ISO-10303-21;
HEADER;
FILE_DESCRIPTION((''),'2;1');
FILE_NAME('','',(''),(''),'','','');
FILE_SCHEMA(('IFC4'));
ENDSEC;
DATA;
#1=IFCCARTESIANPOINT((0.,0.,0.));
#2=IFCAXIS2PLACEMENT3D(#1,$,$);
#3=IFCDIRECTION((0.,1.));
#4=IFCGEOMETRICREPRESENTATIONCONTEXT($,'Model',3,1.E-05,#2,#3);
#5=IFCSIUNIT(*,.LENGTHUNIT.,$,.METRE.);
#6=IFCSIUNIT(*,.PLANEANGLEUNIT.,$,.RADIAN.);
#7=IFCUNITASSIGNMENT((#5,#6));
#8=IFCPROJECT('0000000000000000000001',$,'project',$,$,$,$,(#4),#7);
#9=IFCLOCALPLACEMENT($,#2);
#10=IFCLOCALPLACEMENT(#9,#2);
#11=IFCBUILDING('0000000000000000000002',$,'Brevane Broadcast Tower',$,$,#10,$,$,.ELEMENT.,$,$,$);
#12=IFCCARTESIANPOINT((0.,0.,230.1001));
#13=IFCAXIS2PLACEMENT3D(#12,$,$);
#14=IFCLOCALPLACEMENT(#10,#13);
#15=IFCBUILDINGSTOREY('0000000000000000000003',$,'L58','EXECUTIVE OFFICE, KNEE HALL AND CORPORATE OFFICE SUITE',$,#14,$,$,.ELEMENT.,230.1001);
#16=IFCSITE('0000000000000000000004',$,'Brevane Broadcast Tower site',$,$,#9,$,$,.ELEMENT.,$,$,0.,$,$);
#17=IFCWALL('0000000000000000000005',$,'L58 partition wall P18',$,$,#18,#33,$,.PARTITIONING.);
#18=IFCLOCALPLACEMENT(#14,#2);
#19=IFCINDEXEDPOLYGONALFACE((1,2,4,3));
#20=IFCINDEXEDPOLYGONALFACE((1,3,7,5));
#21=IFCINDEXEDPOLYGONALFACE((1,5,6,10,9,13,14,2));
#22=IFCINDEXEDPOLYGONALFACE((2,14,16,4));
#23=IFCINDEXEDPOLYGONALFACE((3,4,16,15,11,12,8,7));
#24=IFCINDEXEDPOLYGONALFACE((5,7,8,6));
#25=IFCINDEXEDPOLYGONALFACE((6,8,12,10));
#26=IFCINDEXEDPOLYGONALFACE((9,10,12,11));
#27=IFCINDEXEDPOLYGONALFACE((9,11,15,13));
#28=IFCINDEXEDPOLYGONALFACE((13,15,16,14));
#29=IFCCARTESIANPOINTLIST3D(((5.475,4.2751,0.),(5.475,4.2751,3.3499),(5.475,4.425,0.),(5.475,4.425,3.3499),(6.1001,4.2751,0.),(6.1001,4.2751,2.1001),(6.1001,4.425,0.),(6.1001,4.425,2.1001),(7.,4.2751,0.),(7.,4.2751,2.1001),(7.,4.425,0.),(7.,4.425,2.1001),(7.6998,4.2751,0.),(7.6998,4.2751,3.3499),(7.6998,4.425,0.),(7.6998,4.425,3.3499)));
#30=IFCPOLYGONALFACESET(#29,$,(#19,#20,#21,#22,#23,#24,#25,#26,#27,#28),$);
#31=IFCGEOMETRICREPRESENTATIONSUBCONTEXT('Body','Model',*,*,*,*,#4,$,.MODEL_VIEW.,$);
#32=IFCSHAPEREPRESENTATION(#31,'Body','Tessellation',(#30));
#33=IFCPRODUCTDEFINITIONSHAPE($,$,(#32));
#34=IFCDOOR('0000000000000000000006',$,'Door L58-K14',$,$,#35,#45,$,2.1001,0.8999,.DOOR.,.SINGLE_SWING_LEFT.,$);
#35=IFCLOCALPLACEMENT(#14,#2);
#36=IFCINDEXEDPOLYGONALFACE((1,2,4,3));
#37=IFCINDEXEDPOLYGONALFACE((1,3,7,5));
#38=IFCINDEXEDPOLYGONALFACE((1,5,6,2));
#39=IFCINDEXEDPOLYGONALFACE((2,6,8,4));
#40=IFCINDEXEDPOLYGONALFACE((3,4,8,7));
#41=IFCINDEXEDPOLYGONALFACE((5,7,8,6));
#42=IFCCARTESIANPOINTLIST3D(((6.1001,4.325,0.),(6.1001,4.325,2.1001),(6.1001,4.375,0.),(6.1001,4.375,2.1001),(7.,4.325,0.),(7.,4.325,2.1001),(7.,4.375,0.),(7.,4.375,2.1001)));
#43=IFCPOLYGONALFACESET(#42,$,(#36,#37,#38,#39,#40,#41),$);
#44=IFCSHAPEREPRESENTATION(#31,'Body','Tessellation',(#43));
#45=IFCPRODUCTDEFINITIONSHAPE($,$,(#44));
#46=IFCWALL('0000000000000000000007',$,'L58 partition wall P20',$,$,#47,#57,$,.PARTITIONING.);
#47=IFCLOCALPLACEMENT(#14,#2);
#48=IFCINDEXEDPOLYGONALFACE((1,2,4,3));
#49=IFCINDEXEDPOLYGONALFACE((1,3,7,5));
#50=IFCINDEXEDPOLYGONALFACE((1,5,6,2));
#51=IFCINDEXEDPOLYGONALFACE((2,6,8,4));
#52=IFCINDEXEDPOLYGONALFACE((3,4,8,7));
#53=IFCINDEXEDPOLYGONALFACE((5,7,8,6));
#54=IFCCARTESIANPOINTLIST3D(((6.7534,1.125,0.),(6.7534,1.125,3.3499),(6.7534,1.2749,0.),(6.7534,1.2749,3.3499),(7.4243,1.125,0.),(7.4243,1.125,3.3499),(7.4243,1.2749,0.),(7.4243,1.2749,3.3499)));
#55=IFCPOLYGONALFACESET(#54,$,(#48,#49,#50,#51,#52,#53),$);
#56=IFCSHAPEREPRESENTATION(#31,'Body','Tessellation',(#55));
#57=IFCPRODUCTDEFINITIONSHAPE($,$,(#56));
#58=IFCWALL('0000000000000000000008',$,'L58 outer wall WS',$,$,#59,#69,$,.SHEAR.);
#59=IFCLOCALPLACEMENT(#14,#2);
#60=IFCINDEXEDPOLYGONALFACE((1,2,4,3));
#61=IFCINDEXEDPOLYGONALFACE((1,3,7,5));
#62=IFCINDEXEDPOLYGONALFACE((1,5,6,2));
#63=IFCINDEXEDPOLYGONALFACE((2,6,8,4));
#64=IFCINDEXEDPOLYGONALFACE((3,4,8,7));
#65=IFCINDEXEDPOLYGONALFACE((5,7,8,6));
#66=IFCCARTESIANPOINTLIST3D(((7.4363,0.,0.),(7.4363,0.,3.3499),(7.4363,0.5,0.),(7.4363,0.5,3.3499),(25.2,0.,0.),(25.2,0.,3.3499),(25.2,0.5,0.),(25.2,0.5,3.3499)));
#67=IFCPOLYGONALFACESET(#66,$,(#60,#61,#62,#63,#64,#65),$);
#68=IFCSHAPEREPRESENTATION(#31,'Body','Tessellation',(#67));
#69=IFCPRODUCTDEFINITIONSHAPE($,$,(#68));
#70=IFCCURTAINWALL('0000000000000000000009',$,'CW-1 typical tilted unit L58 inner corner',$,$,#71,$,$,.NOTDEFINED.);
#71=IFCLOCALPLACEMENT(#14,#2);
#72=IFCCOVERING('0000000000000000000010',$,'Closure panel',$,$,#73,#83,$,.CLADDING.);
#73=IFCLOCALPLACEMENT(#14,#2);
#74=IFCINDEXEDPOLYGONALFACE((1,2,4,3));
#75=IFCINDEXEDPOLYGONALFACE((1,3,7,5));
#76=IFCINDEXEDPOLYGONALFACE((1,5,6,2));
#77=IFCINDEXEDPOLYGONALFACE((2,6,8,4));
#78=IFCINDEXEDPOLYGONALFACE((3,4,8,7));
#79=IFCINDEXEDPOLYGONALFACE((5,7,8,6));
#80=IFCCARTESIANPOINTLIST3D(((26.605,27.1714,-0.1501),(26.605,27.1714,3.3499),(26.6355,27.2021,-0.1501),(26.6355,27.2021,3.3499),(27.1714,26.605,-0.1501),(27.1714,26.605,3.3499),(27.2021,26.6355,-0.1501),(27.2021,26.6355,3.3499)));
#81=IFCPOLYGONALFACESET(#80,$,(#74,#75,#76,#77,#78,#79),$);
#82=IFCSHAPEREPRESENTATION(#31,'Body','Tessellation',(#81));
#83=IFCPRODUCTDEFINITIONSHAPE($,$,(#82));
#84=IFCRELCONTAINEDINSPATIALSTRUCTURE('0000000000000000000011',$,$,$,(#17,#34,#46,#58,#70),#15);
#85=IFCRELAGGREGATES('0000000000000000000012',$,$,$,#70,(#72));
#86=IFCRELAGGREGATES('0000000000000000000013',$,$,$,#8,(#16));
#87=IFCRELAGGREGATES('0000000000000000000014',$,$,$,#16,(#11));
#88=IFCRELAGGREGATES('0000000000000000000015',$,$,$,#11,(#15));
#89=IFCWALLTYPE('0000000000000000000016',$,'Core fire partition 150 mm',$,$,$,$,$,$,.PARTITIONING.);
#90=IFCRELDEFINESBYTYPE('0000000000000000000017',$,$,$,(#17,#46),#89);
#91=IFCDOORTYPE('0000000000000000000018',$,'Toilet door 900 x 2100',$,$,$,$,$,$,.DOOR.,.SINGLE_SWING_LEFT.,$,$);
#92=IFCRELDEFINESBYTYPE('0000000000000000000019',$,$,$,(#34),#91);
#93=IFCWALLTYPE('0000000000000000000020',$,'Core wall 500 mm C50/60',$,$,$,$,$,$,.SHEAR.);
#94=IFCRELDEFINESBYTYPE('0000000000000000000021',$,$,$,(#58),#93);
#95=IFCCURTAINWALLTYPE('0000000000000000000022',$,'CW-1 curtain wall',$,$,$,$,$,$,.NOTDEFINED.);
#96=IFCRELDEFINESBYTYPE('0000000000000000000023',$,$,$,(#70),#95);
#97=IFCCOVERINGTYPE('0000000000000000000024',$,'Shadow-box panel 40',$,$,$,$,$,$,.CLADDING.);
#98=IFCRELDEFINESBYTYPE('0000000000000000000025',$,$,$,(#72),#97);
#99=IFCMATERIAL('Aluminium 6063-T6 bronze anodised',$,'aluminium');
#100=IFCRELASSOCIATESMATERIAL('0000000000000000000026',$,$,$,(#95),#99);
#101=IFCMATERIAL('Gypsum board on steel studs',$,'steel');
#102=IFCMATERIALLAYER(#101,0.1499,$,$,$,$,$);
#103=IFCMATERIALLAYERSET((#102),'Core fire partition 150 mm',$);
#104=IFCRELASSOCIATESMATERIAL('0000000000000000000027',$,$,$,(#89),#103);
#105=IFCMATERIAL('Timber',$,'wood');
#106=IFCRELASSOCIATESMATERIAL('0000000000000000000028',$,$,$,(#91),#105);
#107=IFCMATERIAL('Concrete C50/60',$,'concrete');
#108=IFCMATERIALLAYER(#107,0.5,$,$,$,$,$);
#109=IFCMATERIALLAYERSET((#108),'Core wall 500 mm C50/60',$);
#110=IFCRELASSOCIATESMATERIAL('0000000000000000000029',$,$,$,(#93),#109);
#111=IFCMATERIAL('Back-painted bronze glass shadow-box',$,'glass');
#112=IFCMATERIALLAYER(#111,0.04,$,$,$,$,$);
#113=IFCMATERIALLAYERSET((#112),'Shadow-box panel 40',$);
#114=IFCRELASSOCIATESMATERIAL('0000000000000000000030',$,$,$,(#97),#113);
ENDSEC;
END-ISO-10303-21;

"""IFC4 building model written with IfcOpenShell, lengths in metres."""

from ifc_helpers import new_model, si_unit, direction, frame, frame_2d, origin, place, context, subcontext, project, spatial, polyline, rectangle, outline, extrude, material, layer, layer_set, type_object, element, fill, aggregate, save


model = new_model("IFC4")

# Units and contexts
model_context = context("Model", 3, precision=1e-05, world=origin(), true_north=direction((0.0, 1.0)))
body_context = subcontext(model_context, "Body", "Model", "MODEL_VIEW")
ifc_project = project(units=[si_unit("LENGTHUNIT", "METRE"), si_unit("PLANEANGLEUNIT", "RADIAN")], contexts=[model_context])

# Site, building, storey
site_placement = place(None, origin())
site = spatial("IfcSite", under=ifc_project, at=site_placement, Name="Brevane Broadcast Tower site", CompositionType="ELEMENT", RefElevation=0.0)
building_placement = place(site_placement, origin())
building = spatial("IfcBuilding", under=site, at=building_placement, Name="Brevane Broadcast Tower", CompositionType="ELEMENT")
storey_placement = place(building_placement, frame((0.0, 0.0, 230.1001)))
storey = spatial("IfcBuildingStorey", under=building, at=storey_placement, Name="L58", Description="EXECUTIVE OFFICE, KNEE HALL AND CORPORATE OFFICE SUITE", CompositionType="ELEMENT", Elevation=230.1001)

# Shared definitions
ifc_material_1 = material(Name="Aluminium 6063-T6 bronze anodised", Category="aluminium")
curtain_wall_type = type_object("IfcCurtainWallType", Name="CW-1 curtain wall", PredefinedType="NOTDEFINED", material=ifc_material_1)

# Shared definitions
ifc_material_2 = material(Name="Concrete C50/60", Category="concrete")

# Shared definitions
ifc_material_3 = material(Name="Gypsum board on steel studs", Category="steel")
ifc_layer_1 = layer(ifc_material_3, 0.1499)
ifc_layer_set_1 = layer_set([ifc_layer_1], Name="Core fire partition 150 mm")
wall_type_1 = type_object("IfcWallType", Name="Core fire partition 150 mm", PredefinedType="PARTITIONING", material=ifc_layer_set_1)

# Wall, opening, door
wall_1_placement = place(storey_placement, frame((5.4751, 4.3501, 0.0), z_axis=(0.0, 0.0, 1.0), x_axis=(1.0, 0.0, 0.0)))
wall_1 = element("IfcWall", 1, at=wall_1_placement, inside=storey, type_object=wall_type_1, Name="L58 partition wall P18", PredefinedType="PARTITIONING", context=body_context, shape_type="SweptSolid", body=[
    extrude(rectangle(XDim=2.2249, YDim=0.1499, at=frame_2d((1.1123, 0.0))), origin(), (0.0, 0.0, 1.0), 3.3499),
])
opening_placement = place(wall_1_placement, frame((0.625, 0.0, 0.0)))
opening = element("IfcOpeningElement", 2, at=opening_placement, cuts=wall_1, PredefinedType="OPENING", context=body_context, shape_type="SweptSolid", body=[
    extrude(rectangle(XDim=0.8999, YDim=2.1001, at=frame_2d((0.45, 1.05))), frame((0.0, 0.085, 0.0), z_axis=(0.0, -1.0, 0.0), x_axis=(1.0, 0.0, 0.0)), (0.0, 0.0, 1.0), 0.1699),
])
ifc_material_4 = material(Name="Timber", Category="wood")
door_type = type_object("IfcDoorType", Name="Toilet door 900 x 2100", OperationType="SINGLE_SWING_LEFT", PredefinedType="DOOR", material=ifc_material_4)
door_placement = place(opening_placement, origin())
door = element("IfcDoor", 3, at=door_placement, inside=storey, type_object=door_type, Name="Door L58-K14", OperationType="SINGLE_SWING_LEFT", OverallHeight=2.1001, OverallWidth=0.8999, PredefinedType="DOOR", context=body_context, shape_type="SweptSolid", body=[
    extrude(rectangle(XDim=0.8999, YDim=2.1001, at=frame_2d((0.45, 1.05))), frame((0.0, 0.0249, 0.0), z_axis=(0.0, -1.0, 0.0), x_axis=(1.0, 0.0, 0.0)), (0.0, 0.0, 1.0), 0.05),
])
fill(opening, door)

# Walls
wall_2_placement = place(storey_placement, frame((7.4243, 1.2, 0.0), z_axis=(0.0, 0.0, 1.0), x_axis=(-1.0, 0.0, 0.0)))
element("IfcWall", 4, at=wall_2_placement, inside=storey, type_object=wall_type_1, Name="L58 partition wall P20", PredefinedType="PARTITIONING", context=body_context, shape_type="SweptSolid", body=[
    extrude(rectangle(XDim=0.6709, YDim=0.1499, at=frame_2d((0.3354, 0.0))), origin(), (0.0, 0.0, 1.0), 3.3499),
])
ifc_layer_2 = layer(ifc_material_2, 0.5)
ifc_layer_set_2 = layer_set([ifc_layer_2], Name="Core wall 500 mm C50/60")
wall_type_2 = type_object("IfcWallType", Name="Core wall 500 mm C50/60", PredefinedType="SHEAR", material=ifc_layer_set_2)
wall_3_placement = place(storey_placement, frame((7.4363, 0.25, 0.0), z_axis=(0.0, 0.0, 1.0), x_axis=(1.0, 0.0, 0.0)))
element("IfcWall", 5, at=wall_3_placement, inside=storey, type_object=wall_type_2, Name="L58 outer wall WS", PredefinedType="SHEAR", context=body_context, shape_type="SweptSolid", body=[
    extrude(rectangle(XDim=17.7637, YDim=0.5, at=frame_2d((8.8818, 0.0))), origin(), (0.0, 0.0, 1.0), 3.3499),
])

# Curtain wall, covering
curtain_wall_1_placement = place(storey_placement, origin())
curtain_wall_1 = element("IfcCurtainWall", 6, at=curtain_wall_1_placement, inside=storey, type_object=curtain_wall_type, Name="CW-1 typical tilted unit L58 inner corner", PredefinedType="NOTDEFINED")
ifc_material_5 = material(Name="Back-painted bronze glass shadow-box", Category="glass")
ifc_layer_3 = layer(ifc_material_5, 0.04)
ifc_layer_set_3 = layer_set([ifc_layer_3], Name="Shadow-box panel 40")
covering_type = type_object("IfcCoveringType", Name="Shadow-box panel 40", PredefinedType="CLADDING", material=ifc_layer_set_3)
covering_placement = place(storey_placement, frame((0.0, 0.0, -0.1501)))
covering = element("IfcCovering", 7, at=covering_placement, type_object=covering_type, Name="Closure panel", PredefinedType="CLADDING", context=body_context, shape_type="SweptSolid", body=[
    extrude(outline(polyline([(27.1714, 26.605), (27.2021, 26.6355), (26.6355, 27.2021), (26.605, 27.1714), (27.1714, 26.605)])), origin(), (0.0, 0.0, 1.0), 3.5),
])
aggregate(curtain_wall_1, [covering])

save(model, "model.ifc")
